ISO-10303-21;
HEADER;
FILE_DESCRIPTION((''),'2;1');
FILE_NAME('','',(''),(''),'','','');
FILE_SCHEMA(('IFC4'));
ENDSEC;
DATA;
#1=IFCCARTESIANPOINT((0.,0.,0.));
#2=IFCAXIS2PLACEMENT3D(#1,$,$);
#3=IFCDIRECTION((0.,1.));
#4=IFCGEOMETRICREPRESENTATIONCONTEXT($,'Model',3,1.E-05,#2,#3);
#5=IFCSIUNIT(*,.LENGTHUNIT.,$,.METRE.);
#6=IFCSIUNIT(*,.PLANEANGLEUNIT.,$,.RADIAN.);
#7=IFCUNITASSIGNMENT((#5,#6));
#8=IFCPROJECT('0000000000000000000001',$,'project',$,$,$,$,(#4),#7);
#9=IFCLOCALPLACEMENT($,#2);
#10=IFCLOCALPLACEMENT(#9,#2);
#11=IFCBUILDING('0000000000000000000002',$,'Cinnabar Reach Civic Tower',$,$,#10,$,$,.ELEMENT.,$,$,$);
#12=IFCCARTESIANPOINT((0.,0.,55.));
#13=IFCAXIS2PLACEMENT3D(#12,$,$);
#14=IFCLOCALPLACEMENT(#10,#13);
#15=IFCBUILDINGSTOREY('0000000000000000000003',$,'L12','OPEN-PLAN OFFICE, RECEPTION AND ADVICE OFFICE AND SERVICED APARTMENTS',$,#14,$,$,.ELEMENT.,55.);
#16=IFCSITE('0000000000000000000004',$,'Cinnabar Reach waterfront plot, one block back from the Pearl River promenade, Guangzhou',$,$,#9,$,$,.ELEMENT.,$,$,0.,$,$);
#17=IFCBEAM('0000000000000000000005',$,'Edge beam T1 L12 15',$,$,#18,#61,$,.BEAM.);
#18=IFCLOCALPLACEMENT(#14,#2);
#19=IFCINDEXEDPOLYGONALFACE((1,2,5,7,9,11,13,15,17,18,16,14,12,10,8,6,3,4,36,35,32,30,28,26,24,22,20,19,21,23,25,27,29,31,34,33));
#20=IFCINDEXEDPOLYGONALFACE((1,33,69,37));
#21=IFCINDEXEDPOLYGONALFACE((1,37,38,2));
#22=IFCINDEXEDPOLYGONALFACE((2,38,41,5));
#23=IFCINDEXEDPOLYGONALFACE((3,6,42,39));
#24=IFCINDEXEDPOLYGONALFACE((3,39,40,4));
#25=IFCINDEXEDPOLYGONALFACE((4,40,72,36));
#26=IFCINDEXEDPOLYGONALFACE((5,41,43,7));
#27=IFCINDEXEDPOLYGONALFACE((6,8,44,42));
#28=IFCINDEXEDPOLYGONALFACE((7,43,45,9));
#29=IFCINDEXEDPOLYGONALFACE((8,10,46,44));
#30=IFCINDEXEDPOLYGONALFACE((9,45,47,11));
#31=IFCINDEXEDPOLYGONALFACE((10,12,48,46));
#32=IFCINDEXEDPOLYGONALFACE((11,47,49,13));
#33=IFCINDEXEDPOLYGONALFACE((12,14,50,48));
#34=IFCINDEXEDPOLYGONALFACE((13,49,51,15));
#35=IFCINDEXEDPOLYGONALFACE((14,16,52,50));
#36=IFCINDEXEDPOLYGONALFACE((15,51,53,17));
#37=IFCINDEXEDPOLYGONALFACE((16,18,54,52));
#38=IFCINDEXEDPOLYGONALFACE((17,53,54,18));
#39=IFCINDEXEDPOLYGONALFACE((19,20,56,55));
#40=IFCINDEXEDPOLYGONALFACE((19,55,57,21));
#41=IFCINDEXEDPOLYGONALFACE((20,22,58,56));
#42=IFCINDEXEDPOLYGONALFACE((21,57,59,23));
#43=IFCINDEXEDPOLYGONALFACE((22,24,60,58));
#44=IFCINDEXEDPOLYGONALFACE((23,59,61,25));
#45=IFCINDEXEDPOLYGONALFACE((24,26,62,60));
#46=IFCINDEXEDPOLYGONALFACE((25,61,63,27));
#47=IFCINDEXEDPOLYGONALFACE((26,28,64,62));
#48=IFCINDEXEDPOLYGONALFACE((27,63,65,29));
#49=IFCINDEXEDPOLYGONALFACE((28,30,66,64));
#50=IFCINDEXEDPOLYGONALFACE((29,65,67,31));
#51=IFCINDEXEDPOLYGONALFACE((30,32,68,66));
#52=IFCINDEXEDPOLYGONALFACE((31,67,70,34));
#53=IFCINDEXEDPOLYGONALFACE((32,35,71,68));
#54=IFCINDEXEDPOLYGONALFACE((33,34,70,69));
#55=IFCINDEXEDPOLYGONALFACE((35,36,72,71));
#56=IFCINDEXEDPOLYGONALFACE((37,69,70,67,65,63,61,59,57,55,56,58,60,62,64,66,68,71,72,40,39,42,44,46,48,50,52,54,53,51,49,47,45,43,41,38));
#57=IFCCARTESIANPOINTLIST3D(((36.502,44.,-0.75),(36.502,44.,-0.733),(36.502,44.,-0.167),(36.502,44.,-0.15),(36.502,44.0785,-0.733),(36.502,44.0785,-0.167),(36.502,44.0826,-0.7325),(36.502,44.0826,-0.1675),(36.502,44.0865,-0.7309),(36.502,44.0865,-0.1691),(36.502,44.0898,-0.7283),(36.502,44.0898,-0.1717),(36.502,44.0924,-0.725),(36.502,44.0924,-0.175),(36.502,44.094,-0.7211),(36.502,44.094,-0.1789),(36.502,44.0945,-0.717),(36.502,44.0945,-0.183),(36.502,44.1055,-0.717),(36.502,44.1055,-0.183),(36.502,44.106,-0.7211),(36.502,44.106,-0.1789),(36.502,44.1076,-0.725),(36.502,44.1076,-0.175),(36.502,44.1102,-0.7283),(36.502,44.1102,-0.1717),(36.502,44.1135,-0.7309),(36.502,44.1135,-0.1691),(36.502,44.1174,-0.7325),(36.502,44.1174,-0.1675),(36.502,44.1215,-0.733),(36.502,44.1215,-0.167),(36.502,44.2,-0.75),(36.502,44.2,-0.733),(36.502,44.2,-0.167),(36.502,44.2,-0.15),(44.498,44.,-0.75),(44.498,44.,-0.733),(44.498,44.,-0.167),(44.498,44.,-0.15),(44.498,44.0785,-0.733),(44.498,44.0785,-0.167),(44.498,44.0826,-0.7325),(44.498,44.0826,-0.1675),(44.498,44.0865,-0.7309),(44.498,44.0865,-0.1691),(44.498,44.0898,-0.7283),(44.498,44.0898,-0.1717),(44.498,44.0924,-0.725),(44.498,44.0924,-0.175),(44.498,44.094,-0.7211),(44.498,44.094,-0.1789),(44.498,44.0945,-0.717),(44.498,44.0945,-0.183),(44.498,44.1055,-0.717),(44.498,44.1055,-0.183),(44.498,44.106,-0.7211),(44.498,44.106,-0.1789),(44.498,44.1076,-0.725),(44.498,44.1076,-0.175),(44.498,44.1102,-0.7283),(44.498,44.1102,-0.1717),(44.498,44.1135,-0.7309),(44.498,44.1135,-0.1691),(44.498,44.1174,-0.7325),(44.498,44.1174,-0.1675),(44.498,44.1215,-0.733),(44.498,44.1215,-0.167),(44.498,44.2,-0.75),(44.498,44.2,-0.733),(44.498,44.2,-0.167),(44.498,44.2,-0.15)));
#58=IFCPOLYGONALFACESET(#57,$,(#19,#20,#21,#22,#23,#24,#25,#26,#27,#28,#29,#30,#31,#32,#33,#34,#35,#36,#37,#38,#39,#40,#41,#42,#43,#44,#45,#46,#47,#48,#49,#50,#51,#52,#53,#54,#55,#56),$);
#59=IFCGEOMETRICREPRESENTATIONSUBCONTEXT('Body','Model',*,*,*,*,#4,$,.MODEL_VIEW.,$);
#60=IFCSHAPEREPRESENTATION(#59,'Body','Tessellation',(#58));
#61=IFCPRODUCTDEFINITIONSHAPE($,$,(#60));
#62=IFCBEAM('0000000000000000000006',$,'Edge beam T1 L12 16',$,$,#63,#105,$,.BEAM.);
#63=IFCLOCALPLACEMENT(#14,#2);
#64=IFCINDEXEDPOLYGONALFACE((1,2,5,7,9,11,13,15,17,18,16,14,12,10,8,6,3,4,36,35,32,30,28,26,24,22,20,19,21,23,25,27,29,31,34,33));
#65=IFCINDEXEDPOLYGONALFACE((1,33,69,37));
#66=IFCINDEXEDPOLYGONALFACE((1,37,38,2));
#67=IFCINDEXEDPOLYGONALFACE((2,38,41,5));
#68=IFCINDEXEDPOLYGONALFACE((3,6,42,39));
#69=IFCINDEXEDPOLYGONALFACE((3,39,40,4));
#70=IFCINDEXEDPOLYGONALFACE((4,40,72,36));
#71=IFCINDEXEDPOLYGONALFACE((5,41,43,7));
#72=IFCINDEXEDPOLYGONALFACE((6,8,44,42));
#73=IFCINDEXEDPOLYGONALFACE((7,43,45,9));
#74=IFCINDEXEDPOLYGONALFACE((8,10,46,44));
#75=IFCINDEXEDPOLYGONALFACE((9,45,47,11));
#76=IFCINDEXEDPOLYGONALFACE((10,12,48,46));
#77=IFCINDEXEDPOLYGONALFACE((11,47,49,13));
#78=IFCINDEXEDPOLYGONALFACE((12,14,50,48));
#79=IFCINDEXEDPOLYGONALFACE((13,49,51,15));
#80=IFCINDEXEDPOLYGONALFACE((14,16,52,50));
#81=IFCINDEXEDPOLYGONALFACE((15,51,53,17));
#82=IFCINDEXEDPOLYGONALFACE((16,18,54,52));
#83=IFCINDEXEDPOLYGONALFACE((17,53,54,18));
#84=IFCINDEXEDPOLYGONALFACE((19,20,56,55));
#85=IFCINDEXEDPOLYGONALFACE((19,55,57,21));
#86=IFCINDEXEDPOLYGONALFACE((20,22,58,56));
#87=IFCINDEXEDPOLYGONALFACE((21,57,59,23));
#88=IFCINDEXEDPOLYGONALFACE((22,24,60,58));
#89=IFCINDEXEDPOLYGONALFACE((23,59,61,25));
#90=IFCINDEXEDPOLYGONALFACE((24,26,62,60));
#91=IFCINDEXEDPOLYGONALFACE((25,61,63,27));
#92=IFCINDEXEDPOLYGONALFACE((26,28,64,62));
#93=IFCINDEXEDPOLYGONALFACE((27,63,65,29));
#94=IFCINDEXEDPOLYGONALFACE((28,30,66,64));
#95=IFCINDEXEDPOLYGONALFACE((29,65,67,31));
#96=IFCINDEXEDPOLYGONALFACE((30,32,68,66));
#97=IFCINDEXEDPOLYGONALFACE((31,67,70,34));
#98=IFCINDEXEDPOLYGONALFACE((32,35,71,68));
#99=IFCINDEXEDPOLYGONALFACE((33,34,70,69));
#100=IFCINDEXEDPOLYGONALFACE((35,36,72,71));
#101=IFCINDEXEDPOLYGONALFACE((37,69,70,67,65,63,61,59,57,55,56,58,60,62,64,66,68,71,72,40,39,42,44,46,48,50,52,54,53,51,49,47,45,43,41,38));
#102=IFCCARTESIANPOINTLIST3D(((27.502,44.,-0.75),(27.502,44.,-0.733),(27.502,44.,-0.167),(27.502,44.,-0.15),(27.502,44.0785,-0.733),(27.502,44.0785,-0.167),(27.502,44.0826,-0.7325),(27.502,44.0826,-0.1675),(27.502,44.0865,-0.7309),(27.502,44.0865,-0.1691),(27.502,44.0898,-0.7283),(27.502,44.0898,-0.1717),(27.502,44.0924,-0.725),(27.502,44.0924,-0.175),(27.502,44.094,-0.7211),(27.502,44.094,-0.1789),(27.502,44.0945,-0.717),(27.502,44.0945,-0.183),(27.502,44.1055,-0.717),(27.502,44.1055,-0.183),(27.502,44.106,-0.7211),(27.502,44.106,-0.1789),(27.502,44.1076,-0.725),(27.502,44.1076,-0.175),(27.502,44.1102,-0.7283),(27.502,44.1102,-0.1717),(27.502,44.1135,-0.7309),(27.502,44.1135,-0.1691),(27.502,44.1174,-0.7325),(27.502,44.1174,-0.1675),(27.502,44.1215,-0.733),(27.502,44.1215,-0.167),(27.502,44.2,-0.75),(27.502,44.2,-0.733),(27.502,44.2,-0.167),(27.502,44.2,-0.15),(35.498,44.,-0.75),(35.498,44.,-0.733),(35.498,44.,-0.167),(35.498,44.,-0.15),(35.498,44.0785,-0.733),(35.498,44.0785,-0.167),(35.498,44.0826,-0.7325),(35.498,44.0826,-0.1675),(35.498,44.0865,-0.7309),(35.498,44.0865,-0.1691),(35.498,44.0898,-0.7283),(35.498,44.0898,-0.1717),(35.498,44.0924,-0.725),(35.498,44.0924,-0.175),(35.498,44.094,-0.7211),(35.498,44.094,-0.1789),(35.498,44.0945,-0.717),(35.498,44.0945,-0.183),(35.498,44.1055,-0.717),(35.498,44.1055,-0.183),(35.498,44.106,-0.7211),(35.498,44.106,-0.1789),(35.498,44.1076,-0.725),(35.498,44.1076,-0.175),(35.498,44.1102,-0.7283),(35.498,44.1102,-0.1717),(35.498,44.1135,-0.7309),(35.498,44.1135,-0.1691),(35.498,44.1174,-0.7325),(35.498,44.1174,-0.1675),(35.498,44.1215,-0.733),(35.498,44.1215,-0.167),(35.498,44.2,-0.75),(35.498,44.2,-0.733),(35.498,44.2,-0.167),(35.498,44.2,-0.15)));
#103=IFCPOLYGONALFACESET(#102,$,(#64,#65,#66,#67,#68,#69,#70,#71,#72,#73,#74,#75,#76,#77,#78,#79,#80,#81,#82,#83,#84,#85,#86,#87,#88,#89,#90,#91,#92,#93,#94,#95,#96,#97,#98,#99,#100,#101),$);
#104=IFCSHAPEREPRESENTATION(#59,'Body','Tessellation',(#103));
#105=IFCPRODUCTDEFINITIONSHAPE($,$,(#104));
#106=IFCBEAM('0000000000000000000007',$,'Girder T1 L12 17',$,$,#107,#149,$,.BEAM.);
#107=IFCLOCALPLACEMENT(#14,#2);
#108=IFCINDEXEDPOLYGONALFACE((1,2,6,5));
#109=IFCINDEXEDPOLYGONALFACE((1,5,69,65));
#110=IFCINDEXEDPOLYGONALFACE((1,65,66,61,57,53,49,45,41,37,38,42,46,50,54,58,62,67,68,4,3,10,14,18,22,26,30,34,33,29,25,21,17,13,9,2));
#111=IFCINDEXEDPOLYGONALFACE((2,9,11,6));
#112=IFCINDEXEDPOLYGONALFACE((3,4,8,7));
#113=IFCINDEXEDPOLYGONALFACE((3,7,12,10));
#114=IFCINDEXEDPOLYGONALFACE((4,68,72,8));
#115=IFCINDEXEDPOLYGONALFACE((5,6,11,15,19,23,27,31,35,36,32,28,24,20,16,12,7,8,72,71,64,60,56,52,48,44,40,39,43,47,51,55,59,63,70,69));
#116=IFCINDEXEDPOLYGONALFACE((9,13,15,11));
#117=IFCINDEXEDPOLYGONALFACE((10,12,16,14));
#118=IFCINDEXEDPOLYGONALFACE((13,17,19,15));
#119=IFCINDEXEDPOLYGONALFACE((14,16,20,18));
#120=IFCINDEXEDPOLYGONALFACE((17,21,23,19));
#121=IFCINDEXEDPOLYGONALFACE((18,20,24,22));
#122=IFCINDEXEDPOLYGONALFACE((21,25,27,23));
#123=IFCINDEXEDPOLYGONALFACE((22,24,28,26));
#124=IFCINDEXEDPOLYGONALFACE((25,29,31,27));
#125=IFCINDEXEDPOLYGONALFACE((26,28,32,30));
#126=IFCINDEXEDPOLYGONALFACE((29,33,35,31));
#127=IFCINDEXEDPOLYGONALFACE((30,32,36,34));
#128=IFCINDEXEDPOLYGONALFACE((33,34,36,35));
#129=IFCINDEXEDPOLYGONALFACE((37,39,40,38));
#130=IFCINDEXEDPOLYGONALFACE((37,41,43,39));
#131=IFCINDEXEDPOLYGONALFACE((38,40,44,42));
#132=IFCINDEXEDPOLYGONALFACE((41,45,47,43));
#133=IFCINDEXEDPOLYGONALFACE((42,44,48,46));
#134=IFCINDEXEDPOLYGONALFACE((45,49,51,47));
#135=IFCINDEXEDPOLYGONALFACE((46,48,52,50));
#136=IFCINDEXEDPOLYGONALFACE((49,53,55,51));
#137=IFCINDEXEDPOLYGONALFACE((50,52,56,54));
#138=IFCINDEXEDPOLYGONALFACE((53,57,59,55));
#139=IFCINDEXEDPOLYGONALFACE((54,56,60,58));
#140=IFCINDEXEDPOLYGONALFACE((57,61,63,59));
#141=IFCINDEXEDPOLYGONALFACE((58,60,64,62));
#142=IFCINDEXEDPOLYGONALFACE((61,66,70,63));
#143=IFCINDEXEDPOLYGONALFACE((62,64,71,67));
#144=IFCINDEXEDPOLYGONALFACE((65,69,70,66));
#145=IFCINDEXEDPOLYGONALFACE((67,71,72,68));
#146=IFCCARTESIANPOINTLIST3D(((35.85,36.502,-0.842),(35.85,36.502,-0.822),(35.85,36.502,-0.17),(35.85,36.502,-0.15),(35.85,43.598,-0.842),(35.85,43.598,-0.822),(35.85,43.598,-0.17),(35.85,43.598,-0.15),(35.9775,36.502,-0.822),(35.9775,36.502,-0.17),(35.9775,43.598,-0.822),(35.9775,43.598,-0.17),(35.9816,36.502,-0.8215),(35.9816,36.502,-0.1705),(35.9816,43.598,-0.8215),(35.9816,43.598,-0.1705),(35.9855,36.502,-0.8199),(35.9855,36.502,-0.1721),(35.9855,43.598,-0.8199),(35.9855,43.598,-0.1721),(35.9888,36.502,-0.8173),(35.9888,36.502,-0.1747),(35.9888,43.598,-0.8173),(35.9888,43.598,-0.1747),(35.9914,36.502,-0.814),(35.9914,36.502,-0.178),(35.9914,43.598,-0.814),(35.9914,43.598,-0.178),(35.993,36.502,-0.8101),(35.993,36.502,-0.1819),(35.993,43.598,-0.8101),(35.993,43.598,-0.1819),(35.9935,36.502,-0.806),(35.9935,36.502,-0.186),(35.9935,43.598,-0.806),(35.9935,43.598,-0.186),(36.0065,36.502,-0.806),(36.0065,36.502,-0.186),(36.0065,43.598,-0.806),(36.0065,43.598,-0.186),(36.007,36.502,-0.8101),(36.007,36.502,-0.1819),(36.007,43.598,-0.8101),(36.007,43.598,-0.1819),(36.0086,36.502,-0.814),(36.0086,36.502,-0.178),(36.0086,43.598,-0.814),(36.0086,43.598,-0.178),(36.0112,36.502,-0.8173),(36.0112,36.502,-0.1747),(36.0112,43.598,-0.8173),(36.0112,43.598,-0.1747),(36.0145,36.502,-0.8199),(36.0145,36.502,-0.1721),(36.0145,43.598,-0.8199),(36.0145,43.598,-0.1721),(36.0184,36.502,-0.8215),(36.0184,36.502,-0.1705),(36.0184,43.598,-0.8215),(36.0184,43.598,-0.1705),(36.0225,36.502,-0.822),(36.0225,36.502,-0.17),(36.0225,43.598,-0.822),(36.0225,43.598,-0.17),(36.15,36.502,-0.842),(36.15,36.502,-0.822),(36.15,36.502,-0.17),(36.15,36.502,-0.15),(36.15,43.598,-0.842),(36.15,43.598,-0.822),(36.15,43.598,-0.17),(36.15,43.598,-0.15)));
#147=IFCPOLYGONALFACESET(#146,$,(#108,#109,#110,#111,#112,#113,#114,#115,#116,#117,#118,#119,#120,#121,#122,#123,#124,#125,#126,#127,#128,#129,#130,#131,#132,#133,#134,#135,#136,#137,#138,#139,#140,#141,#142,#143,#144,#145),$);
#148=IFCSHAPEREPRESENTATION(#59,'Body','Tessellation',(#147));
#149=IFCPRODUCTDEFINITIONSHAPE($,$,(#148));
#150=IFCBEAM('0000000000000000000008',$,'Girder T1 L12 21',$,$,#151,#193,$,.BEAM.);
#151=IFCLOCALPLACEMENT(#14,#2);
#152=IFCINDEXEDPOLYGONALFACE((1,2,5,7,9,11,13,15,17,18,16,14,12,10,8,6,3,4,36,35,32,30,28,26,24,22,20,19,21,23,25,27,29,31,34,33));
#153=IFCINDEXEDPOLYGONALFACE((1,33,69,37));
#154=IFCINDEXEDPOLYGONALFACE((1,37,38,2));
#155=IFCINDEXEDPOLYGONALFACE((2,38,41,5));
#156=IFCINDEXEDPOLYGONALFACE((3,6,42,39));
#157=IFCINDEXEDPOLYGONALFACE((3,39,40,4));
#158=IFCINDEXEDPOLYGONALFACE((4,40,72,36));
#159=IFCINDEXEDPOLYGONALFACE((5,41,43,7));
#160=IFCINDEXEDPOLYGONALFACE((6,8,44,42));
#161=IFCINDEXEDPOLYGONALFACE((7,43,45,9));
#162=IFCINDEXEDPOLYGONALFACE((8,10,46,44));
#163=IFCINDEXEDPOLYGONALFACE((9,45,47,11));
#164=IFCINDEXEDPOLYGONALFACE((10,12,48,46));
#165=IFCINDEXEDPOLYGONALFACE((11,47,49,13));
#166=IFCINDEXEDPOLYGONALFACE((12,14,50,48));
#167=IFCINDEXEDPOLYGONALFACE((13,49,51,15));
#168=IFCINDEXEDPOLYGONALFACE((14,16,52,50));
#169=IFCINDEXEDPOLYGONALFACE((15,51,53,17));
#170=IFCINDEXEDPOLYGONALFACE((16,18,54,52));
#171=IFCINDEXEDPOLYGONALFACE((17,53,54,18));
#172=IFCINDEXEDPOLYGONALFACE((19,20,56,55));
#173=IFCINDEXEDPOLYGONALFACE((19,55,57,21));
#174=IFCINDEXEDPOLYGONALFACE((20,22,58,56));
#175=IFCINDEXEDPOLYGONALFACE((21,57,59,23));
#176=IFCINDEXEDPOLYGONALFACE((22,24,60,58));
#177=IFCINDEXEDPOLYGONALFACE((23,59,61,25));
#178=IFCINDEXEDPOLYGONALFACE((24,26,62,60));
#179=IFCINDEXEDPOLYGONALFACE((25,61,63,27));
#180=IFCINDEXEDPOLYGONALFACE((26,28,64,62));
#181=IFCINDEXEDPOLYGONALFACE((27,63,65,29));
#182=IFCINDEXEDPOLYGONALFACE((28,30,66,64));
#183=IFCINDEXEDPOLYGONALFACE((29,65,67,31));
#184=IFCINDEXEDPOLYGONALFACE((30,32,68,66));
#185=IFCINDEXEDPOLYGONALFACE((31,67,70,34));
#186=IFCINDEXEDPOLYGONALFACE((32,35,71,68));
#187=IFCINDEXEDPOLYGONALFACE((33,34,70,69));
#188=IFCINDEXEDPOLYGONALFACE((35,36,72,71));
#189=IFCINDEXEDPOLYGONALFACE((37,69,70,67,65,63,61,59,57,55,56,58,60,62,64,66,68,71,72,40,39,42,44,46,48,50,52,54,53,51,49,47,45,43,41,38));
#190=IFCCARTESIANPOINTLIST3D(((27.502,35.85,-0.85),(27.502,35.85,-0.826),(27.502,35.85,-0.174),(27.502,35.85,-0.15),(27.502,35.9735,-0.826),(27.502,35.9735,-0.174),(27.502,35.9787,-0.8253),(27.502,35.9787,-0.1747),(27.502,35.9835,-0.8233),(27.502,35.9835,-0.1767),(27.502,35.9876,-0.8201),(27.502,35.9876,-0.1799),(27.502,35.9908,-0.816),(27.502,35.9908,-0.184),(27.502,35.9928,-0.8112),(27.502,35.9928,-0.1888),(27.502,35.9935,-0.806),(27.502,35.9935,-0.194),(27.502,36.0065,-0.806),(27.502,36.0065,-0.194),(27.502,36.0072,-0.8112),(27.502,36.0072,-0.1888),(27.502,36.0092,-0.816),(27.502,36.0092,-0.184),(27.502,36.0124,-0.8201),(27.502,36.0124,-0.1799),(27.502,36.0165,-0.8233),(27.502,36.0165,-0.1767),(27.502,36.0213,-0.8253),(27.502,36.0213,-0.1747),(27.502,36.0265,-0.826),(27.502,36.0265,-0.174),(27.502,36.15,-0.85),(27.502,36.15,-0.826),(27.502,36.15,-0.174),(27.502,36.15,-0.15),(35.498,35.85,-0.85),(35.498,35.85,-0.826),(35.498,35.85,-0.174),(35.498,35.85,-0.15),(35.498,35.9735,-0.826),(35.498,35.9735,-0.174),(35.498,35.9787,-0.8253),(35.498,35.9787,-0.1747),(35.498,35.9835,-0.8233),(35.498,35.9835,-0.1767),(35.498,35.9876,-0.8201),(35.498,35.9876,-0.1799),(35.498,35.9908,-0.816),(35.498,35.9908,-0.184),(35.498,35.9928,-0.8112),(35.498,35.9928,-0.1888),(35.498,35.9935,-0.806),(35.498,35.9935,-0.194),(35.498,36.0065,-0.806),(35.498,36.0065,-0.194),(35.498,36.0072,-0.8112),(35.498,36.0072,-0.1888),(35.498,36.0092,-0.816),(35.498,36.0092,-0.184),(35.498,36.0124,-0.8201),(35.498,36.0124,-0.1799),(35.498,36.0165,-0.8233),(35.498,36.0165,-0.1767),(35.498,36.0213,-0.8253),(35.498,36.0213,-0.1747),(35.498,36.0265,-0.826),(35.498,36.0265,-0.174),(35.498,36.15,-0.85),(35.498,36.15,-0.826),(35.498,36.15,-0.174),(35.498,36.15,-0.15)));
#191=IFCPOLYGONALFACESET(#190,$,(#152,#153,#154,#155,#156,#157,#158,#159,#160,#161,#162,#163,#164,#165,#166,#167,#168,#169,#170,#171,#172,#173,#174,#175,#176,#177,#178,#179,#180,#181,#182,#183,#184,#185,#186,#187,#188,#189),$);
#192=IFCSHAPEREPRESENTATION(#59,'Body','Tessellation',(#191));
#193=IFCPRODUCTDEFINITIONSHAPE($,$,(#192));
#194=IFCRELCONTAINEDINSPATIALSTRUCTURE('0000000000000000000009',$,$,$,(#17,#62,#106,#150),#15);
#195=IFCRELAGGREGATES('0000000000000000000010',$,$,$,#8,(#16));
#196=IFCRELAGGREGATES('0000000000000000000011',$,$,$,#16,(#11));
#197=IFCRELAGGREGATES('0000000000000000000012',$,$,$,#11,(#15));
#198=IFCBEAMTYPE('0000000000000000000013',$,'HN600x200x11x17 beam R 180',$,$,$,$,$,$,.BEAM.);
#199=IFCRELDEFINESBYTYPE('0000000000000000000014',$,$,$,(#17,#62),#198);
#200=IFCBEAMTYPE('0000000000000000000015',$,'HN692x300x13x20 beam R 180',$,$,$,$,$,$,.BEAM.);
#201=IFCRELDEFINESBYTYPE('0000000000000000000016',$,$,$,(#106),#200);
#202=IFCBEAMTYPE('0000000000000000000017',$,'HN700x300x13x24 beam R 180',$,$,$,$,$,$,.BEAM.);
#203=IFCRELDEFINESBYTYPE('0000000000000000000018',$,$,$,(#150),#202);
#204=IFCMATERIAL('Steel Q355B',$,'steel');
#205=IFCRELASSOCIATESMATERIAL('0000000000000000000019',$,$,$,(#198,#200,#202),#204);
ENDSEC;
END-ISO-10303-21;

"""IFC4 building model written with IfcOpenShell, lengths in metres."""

from ifc_helpers import new_model, si_unit, direction, frame, origin, origin_2d, place, context, subcontext, project, spatial, i_section, extrude, material, material_profile, profile_set, type_object, element, save


model = new_model("IFC4")

# Units and contexts
model_context = context("Model", 3, precision=1e-05, world=origin(), true_north=direction((0.0, 1.0)))
body_context = subcontext(model_context, "Body", "Model", "MODEL_VIEW")
ifc_project = project(units=[si_unit("LENGTHUNIT", "METRE"), si_unit("PLANEANGLEUNIT", "RADIAN")], contexts=[model_context])

# Site, building, storey
site_placement = place(None, origin())
site = spatial("IfcSite", under=ifc_project, at=site_placement, Name="Cinnabar Reach waterfront plot, one block back from the Pearl River promenade, Guangzhou", CompositionType="ELEMENT", RefElevation=0.0)
building_placement = place(site_placement, origin())
building = spatial("IfcBuilding", under=site, at=building_placement, Name="Cinnabar Reach Civic Tower", CompositionType="ELEMENT")
storey_placement = place(building_placement, frame((0.0, 0.0, 55.0)))
storey = spatial("IfcBuildingStorey", under=building, at=storey_placement, Name="L12", Description="OPEN-PLAN OFFICE, RECEPTION AND ADVICE OFFICE AND SERVICED APARTMENTS", CompositionType="ELEMENT", Elevation=55.0)

# Beams
ifc_material_1 = material(Name="Steel Q355B", Category="steel")
ifc_material_profile_1 = material_profile(ifc_material_1, i_section(OverallWidth=0.2, OverallDepth=0.6, WebThickness=0.011, FlangeThickness=0.017, FilletRadius=0.016, at=origin_2d()), Name="HN600x200x11x17")
ifc_profile_set_1 = profile_set([ifc_material_profile_1], Name="Steel Q355B")
beam_type_1 = type_object("IfcBeamType", Name="HN600x200x11x17 beam R 180", PredefinedType="BEAM", material=ifc_profile_set_1)
for number, where, z_axis, x_axis, name in (
    (1, (44.498, 44.1, -0.45), (-1.0, 0.0, 0.0), (0.0, -1.0, 0.0), "Edge beam T1 L12 15"),
    (2, (35.498, 44.1, -0.45), (-1.0, 0.0, 0.0), (0.0, -1.0, 0.0), "Edge beam T1 L12 16"),
):
    element("IfcBeam", number, at=place(storey_placement, frame(where, z_axis=z_axis, x_axis=x_axis)), inside=storey, type_object=beam_type_1, Name=name, PredefinedType="BEAM", context=body_context, shape_type="SweptSolid", body=[
        extrude(i_section(OverallWidth=0.2, OverallDepth=0.6, WebThickness=0.011, FlangeThickness=0.017, FilletRadius=0.016, at=origin_2d()), origin(), (0.0, 0.0, 1.0), 7.996),
    ])
ifc_material_profile_2 = material_profile(ifc_material_1, i_section(OverallWidth=0.3, OverallDepth=0.692, WebThickness=0.013, FlangeThickness=0.02, FilletRadius=0.016, at=origin_2d()), Name="HN692x300x13x20")
ifc_profile_set_2 = profile_set([ifc_material_profile_2], Name="Steel Q355B")
beam_type_2 = type_object("IfcBeamType", Name="HN692x300x13x20 beam R 180", PredefinedType="BEAM", material=ifc_profile_set_2)
beam_1_placement = place(storey_placement, frame((36.0, 36.502, -0.496), z_axis=(0.0, 1.0, 0.0), x_axis=(-1.0, 0.0, 0.0)))
element("IfcBeam", 3, at=beam_1_placement, inside=storey, type_object=beam_type_2, Name="Girder T1 L12 17", PredefinedType="BEAM", context=body_context, shape_type="SweptSolid", body=[
    extrude(i_section(OverallWidth=0.3, OverallDepth=0.692, WebThickness=0.013, FlangeThickness=0.02, FilletRadius=0.016, at=origin_2d()), origin(), (0.0, 0.0, 1.0), 7.096),
])
ifc_material_profile_3 = material_profile(ifc_material_1, i_section(OverallWidth=0.3, OverallDepth=0.7, WebThickness=0.013, FlangeThickness=0.024, FilletRadius=0.02, at=origin_2d()), Name="HN700x300x13x24")
ifc_profile_set_3 = profile_set([ifc_material_profile_3], Name="Steel Q355B")
beam_type_3 = type_object("IfcBeamType", Name="HN700x300x13x24 beam R 180", PredefinedType="BEAM", material=ifc_profile_set_3)
for number, where, z_axis, x_axis, name in (
    (4, (27.502, 36.0, -0.5), (1.0, 0.0, 0.0), (0.0, 1.0, 0.0), "Girder T1 L12 21"),
):
    element("IfcBeam", number, at=place(storey_placement, frame(where, z_axis=z_axis, x_axis=x_axis)), inside=storey, type_object=beam_type_3, Name=name, PredefinedType="BEAM", context=body_context, shape_type="SweptSolid", body=[
        extrude(i_section(OverallWidth=0.3, OverallDepth=0.7, WebThickness=0.013, FlangeThickness=0.024, FilletRadius=0.02, at=origin_2d()), origin(), (0.0, 0.0, 1.0), 7.996),
    ])

save(model, "model.ifc")
